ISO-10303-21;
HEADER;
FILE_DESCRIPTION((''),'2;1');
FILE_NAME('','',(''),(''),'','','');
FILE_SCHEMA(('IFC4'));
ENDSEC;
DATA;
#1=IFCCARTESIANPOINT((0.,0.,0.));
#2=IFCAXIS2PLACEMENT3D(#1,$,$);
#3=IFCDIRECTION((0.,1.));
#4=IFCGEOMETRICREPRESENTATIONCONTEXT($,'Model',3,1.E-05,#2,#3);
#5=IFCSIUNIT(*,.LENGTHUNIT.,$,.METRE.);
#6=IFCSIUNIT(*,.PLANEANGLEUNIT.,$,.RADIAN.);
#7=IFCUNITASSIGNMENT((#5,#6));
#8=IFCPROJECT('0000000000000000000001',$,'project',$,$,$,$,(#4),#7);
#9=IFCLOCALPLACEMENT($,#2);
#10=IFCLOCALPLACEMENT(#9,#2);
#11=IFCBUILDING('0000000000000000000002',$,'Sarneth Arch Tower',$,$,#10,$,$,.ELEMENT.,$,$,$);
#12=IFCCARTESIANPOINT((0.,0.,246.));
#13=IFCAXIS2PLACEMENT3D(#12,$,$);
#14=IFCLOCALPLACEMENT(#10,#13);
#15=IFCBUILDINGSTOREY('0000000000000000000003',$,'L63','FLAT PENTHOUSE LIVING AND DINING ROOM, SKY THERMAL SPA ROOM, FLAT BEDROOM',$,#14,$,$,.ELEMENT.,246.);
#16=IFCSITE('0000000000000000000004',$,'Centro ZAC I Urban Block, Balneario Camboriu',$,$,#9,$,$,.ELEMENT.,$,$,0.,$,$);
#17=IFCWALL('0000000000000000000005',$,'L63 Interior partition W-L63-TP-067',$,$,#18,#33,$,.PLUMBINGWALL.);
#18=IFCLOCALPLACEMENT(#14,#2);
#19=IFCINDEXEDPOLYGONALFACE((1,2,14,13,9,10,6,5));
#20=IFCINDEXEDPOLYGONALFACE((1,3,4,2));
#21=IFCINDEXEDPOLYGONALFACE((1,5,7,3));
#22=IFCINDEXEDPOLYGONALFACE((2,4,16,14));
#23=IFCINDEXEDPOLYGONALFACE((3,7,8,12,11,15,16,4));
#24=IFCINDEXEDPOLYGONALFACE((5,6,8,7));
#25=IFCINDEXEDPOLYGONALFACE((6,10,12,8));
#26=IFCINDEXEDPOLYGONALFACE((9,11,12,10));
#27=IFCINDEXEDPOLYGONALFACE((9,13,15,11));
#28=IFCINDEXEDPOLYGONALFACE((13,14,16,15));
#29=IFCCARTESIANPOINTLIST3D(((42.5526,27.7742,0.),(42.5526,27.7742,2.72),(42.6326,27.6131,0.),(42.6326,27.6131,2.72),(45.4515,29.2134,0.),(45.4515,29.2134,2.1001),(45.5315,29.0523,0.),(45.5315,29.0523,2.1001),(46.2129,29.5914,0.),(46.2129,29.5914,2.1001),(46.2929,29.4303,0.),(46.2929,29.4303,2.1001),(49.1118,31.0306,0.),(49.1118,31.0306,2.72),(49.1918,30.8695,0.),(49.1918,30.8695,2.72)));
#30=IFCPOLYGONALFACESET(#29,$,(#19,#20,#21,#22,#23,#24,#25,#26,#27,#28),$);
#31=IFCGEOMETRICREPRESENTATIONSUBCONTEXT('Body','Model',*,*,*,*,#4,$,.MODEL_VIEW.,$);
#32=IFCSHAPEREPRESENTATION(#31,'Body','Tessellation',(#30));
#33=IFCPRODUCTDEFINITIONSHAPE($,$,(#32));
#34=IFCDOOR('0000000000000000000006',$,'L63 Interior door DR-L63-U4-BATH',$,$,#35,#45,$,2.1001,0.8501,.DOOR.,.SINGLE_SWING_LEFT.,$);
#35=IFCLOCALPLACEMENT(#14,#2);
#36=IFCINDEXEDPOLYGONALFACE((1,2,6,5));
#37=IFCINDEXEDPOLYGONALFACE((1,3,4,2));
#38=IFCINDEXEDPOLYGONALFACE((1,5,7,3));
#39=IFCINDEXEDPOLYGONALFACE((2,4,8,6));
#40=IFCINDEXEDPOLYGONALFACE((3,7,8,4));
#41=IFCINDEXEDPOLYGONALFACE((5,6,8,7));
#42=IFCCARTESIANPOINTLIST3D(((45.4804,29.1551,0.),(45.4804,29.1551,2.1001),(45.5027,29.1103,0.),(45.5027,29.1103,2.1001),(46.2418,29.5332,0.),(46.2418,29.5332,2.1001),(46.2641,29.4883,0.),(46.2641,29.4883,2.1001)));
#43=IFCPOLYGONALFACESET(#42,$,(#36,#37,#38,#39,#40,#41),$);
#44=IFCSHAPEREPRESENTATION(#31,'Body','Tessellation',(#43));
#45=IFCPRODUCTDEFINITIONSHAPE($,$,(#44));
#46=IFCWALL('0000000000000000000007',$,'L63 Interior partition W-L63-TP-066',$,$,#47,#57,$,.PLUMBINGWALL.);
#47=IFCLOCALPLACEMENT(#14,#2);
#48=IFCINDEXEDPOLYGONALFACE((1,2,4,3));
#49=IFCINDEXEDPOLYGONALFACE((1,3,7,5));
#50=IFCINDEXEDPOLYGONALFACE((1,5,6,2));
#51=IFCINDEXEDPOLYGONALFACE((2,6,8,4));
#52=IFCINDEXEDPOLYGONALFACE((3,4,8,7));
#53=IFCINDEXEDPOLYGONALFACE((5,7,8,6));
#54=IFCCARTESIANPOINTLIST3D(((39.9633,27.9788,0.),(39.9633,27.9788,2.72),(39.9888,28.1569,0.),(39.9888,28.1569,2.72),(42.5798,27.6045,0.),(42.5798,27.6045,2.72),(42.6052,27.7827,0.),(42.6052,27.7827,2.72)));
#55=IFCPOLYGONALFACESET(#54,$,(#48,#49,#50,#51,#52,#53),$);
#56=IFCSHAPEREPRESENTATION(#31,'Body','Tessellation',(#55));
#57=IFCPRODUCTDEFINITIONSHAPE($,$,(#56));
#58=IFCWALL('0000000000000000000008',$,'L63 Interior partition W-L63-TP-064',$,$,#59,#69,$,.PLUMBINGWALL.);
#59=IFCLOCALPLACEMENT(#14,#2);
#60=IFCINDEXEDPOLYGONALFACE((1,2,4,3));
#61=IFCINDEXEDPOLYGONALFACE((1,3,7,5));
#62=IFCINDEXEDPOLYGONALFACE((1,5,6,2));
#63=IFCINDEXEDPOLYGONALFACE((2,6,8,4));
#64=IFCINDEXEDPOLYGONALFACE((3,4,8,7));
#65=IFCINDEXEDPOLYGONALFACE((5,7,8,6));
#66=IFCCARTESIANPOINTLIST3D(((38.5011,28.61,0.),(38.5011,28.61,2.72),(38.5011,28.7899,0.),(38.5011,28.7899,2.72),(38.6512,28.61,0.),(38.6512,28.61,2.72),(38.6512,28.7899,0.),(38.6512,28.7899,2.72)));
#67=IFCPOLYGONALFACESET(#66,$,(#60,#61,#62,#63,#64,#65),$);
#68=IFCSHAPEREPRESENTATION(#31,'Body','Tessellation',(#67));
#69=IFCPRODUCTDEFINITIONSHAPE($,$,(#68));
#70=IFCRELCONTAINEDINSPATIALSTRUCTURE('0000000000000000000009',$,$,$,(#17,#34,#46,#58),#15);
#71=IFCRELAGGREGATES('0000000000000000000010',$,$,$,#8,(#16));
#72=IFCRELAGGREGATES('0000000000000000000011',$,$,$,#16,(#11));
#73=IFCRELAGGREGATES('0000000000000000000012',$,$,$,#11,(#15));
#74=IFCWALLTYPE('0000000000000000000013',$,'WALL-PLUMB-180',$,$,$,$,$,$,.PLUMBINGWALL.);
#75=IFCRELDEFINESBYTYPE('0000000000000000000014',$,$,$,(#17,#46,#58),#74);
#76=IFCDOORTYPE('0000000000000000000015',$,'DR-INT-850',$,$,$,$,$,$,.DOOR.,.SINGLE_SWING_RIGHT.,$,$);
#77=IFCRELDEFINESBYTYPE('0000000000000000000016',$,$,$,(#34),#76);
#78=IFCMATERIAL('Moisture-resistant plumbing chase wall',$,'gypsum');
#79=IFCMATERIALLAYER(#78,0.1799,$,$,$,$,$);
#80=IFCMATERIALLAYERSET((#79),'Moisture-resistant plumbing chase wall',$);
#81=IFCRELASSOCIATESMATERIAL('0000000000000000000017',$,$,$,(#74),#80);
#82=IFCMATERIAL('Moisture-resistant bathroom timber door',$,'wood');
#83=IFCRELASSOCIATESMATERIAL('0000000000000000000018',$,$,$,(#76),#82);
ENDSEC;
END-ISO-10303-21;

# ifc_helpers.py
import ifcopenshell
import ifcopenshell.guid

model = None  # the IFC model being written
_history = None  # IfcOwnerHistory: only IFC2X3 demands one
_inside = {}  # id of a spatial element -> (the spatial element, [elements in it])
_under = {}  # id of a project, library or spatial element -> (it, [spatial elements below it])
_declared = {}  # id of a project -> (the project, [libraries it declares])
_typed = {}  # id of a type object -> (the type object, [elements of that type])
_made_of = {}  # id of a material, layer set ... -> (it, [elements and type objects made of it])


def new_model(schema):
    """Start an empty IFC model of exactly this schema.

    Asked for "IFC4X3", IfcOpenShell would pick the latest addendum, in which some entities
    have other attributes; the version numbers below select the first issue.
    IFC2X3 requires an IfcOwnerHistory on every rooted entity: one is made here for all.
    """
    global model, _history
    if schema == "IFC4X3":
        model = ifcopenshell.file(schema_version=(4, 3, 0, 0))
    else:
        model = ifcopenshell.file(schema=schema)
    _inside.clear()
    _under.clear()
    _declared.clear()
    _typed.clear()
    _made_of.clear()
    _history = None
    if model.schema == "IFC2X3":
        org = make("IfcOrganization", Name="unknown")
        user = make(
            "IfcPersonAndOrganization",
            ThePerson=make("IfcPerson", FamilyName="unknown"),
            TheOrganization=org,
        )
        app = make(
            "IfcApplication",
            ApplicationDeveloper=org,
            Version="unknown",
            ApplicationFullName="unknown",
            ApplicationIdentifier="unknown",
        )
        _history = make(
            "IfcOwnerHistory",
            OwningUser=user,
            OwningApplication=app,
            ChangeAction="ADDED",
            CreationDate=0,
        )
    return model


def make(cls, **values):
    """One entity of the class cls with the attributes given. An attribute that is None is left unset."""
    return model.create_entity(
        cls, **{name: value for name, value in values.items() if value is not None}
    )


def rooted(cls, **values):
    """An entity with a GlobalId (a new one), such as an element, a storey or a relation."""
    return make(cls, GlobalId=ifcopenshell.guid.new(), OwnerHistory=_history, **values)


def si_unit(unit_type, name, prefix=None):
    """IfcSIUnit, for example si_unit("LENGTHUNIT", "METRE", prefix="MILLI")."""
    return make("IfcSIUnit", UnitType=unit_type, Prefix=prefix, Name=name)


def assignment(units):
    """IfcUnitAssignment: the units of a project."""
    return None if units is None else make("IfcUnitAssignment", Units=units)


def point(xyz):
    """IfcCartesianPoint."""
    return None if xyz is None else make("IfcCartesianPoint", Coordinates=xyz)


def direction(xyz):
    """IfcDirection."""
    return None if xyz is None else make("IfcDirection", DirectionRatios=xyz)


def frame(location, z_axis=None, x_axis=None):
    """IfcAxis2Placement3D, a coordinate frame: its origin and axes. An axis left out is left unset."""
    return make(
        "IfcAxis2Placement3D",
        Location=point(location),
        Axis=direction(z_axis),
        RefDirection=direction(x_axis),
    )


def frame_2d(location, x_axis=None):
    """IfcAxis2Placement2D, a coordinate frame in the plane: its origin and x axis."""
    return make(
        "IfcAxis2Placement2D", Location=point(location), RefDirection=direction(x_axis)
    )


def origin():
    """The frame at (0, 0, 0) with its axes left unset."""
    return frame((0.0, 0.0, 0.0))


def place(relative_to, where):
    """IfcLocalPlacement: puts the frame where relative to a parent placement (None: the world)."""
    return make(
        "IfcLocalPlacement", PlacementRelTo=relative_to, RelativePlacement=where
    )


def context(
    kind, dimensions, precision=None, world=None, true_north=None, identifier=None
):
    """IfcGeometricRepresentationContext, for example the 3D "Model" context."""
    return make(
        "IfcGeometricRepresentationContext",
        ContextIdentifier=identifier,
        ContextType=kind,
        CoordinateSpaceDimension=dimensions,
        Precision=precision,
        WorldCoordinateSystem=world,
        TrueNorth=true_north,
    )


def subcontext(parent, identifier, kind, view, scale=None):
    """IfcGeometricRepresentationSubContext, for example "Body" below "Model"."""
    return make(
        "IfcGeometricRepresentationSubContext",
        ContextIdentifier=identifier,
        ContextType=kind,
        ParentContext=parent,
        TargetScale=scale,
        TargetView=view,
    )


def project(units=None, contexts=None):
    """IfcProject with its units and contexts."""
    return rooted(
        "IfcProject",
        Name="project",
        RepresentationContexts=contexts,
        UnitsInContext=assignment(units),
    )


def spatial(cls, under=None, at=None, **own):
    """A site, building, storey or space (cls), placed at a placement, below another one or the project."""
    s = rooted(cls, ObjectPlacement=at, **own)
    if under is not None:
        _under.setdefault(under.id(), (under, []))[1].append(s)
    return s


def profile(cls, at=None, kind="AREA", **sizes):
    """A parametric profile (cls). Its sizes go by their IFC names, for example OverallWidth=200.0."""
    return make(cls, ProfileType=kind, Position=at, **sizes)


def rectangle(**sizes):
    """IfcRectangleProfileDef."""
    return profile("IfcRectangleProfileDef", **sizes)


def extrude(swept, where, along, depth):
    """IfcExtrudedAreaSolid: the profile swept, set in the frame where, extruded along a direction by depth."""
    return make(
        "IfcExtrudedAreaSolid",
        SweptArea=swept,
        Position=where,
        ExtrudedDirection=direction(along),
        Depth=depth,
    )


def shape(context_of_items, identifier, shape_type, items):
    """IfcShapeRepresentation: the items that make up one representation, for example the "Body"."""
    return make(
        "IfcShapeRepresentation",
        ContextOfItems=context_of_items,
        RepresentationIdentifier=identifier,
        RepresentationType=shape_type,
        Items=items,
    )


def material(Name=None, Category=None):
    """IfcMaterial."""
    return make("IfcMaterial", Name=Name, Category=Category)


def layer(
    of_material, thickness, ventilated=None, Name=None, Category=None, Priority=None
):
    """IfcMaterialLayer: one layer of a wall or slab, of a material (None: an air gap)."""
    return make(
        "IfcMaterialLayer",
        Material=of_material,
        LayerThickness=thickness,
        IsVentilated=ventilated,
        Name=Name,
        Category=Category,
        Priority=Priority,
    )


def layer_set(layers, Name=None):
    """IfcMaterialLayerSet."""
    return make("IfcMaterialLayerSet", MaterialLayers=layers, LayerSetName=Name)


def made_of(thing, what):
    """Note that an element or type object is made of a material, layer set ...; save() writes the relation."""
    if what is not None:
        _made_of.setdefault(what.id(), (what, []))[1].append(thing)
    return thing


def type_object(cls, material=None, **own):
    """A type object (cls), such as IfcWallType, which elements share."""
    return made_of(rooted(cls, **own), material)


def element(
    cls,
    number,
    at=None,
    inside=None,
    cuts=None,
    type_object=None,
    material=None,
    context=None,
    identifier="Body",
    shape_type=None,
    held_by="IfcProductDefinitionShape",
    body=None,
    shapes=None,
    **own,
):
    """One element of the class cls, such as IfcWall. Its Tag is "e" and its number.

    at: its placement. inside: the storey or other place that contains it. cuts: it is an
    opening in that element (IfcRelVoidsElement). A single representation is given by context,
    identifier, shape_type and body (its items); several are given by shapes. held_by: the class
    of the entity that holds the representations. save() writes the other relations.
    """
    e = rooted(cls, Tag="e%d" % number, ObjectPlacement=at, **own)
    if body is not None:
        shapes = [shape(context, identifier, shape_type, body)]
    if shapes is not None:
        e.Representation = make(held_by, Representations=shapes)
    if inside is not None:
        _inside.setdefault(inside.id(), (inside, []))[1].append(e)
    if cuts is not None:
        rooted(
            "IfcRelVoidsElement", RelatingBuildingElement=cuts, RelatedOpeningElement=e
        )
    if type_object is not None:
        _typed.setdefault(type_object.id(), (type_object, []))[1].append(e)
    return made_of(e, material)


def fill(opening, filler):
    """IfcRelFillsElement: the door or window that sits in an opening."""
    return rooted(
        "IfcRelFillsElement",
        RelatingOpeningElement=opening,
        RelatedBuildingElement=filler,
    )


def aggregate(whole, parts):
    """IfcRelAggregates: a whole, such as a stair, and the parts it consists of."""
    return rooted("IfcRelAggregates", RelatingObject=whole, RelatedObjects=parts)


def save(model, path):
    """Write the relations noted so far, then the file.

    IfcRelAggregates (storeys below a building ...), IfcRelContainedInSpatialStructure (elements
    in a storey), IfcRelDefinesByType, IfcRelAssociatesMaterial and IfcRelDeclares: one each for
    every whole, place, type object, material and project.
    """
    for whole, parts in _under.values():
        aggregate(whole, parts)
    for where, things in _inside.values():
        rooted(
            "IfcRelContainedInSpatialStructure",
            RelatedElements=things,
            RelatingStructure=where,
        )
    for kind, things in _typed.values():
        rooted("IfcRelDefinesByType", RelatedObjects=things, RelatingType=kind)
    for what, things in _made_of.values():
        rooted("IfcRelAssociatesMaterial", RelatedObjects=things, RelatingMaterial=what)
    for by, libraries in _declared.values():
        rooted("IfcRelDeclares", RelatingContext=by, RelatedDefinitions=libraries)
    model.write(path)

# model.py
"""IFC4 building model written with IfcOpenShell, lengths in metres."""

from ifc_helpers import new_model, si_unit, direction, frame, frame_2d, origin, place, context, subcontext, project, spatial, rectangle, extrude, material, layer, layer_set, type_object, element, fill, save


model = new_model("IFC4")

# Units and contexts
model_context = context("Model", 3, precision=1e-05, world=origin(), true_north=direction((0.0, 1.0)))
body_context = subcontext(model_context, "Body", "Model", "MODEL_VIEW")
ifc_project = project(units=[si_unit("LENGTHUNIT", "METRE"), si_unit("PLANEANGLEUNIT", "RADIAN")], contexts=[model_context])

# Site, building, storey
site_placement = place(None, origin())
site = spatial("IfcSite", under=ifc_project, at=site_placement, Name="Centro ZAC I Urban Block, Balneario Camboriu", CompositionType="ELEMENT", RefElevation=0.0)
building_placement = place(site_placement, origin())
building = spatial("IfcBuilding", under=site, at=building_placement, Name="Sarneth Arch Tower", CompositionType="ELEMENT")
storey_placement = place(building_placement, frame((0.0, 0.0, 246.0)))
storey = spatial("IfcBuildingStorey", under=building, at=storey_placement, Name="L63", Description="FLAT PENTHOUSE LIVING AND DINING ROOM, SKY THERMAL SPA ROOM, FLAT BEDROOM", CompositionType="ELEMENT", Elevation=246.0)

# Wall, opening, door
ifc_material_1 = material(Name="Moisture-resistant plumbing chase wall", Category="gypsum")
ifc_layer_1 = layer(ifc_material_1, 0.1799)
ifc_layer_set_1 = layer_set([ifc_layer_1], Name="Moisture-resistant plumbing chase wall")
wall_type_1 = type_object("IfcWallType", Name="WALL-PLUMB-180", PredefinedType="PLUMBINGWALL", material=ifc_layer_set_1)
wall_1_placement = place(storey_placement, frame((42.5925, 27.6936, 0.0), z_axis=(0.0, 0.0, 1.0), x_axis=(0.89569, 0.444678, 0.0)))
wall_1 = element("IfcWall", 1, at=wall_1_placement, inside=storey, type_object=wall_type_1, Name="L63 Interior partition W-L63-TP-067", PredefinedType="PLUMBINGWALL", context=body_context, shape_type="SweptSolid", body=[
    extrude(rectangle(XDim=7.323, YDim=0.1799, at=frame_2d((3.6616, 0.0))), origin(), (0.0, 0.0, 1.0), 2.72),
])
opening_1_placement = place(wall_1_placement, frame((3.2366, 0.0, 0.0)))
opening_1 = element("IfcOpeningElement", 2, at=opening_1_placement, cuts=wall_1, PredefinedType="OPENING", context=body_context, shape_type="SweptSolid", body=[
    extrude(rectangle(XDim=0.8501, YDim=2.1001, at=frame_2d((0.425, 1.05))), frame((0.0, 0.0999, 0.0), z_axis=(0.0, -1.0, 0.0), x_axis=(1.0, 0.0, 0.0)), (0.0, 0.0, 1.0), 0.2),
])
ifc_material_2 = material(Name="Moisture-resistant bathroom timber door", Category="wood")
door_type_1 = type_object("IfcDoorType", Name="DR-INT-850", OperationType="SINGLE_SWING_RIGHT", PredefinedType="DOOR", material=ifc_material_2)
door_1_placement = place(opening_1_placement, origin())
door_1 = element("IfcDoor", 3, at=door_1_placement, inside=storey, type_object=door_type_1, Name="L63 Interior door DR-L63-U4-BATH", OperationType="SINGLE_SWING_LEFT", OverallHeight=2.1001, OverallWidth=0.8501, PredefinedType="DOOR", context=body_context, shape_type="SweptSolid", body=[
    extrude(rectangle(XDim=0.8501, YDim=2.1001, at=frame_2d((0.425, 1.05))), frame((0.0, 0.0249, 0.0), z_axis=(0.0, -1.0, 0.0), x_axis=(1.0, 0.0, 0.0)), (0.0, 0.0, 1.0), 0.05),
])
fill(opening_1, door_1)

# Walls
wall_2_placement = place(storey_placement, frame((39.9761, 28.0679, 0.0), z_axis=(0.0, 0.0, 1.0), x_axis=(0.989924, -0.141602, 0.0)))
element("IfcWall", 4, at=wall_2_placement, inside=storey, type_object=wall_type_1, Name="L63 Interior partition W-L63-TP-066", PredefinedType="PLUMBINGWALL", context=body_context, shape_type="SweptSolid", body=[
    extrude(rectangle(XDim=2.6431, YDim=0.1799, at=frame_2d((1.3215, 0.0))), origin(), (0.0, 0.0, 1.0), 2.72),
])
wall_3_placement = place(storey_placement, frame((38.501, 28.7, 0.0), z_axis=(0.0, 0.0, 1.0), x_axis=(1.0, 0.0, 0.0)))
element("IfcWall", 5, at=wall_3_placement, inside=storey, type_object=wall_type_1, Name="L63 Interior partition W-L63-TP-064", PredefinedType="PLUMBINGWALL", context=body_context, shape_type="SweptSolid", body=[
    extrude(rectangle(XDim=0.1501, YDim=0.1799, at=frame_2d((0.0752, 0.0))), origin(), (0.0, 0.0, 1.0), 2.72),
])

save(model, "model.ifc")
